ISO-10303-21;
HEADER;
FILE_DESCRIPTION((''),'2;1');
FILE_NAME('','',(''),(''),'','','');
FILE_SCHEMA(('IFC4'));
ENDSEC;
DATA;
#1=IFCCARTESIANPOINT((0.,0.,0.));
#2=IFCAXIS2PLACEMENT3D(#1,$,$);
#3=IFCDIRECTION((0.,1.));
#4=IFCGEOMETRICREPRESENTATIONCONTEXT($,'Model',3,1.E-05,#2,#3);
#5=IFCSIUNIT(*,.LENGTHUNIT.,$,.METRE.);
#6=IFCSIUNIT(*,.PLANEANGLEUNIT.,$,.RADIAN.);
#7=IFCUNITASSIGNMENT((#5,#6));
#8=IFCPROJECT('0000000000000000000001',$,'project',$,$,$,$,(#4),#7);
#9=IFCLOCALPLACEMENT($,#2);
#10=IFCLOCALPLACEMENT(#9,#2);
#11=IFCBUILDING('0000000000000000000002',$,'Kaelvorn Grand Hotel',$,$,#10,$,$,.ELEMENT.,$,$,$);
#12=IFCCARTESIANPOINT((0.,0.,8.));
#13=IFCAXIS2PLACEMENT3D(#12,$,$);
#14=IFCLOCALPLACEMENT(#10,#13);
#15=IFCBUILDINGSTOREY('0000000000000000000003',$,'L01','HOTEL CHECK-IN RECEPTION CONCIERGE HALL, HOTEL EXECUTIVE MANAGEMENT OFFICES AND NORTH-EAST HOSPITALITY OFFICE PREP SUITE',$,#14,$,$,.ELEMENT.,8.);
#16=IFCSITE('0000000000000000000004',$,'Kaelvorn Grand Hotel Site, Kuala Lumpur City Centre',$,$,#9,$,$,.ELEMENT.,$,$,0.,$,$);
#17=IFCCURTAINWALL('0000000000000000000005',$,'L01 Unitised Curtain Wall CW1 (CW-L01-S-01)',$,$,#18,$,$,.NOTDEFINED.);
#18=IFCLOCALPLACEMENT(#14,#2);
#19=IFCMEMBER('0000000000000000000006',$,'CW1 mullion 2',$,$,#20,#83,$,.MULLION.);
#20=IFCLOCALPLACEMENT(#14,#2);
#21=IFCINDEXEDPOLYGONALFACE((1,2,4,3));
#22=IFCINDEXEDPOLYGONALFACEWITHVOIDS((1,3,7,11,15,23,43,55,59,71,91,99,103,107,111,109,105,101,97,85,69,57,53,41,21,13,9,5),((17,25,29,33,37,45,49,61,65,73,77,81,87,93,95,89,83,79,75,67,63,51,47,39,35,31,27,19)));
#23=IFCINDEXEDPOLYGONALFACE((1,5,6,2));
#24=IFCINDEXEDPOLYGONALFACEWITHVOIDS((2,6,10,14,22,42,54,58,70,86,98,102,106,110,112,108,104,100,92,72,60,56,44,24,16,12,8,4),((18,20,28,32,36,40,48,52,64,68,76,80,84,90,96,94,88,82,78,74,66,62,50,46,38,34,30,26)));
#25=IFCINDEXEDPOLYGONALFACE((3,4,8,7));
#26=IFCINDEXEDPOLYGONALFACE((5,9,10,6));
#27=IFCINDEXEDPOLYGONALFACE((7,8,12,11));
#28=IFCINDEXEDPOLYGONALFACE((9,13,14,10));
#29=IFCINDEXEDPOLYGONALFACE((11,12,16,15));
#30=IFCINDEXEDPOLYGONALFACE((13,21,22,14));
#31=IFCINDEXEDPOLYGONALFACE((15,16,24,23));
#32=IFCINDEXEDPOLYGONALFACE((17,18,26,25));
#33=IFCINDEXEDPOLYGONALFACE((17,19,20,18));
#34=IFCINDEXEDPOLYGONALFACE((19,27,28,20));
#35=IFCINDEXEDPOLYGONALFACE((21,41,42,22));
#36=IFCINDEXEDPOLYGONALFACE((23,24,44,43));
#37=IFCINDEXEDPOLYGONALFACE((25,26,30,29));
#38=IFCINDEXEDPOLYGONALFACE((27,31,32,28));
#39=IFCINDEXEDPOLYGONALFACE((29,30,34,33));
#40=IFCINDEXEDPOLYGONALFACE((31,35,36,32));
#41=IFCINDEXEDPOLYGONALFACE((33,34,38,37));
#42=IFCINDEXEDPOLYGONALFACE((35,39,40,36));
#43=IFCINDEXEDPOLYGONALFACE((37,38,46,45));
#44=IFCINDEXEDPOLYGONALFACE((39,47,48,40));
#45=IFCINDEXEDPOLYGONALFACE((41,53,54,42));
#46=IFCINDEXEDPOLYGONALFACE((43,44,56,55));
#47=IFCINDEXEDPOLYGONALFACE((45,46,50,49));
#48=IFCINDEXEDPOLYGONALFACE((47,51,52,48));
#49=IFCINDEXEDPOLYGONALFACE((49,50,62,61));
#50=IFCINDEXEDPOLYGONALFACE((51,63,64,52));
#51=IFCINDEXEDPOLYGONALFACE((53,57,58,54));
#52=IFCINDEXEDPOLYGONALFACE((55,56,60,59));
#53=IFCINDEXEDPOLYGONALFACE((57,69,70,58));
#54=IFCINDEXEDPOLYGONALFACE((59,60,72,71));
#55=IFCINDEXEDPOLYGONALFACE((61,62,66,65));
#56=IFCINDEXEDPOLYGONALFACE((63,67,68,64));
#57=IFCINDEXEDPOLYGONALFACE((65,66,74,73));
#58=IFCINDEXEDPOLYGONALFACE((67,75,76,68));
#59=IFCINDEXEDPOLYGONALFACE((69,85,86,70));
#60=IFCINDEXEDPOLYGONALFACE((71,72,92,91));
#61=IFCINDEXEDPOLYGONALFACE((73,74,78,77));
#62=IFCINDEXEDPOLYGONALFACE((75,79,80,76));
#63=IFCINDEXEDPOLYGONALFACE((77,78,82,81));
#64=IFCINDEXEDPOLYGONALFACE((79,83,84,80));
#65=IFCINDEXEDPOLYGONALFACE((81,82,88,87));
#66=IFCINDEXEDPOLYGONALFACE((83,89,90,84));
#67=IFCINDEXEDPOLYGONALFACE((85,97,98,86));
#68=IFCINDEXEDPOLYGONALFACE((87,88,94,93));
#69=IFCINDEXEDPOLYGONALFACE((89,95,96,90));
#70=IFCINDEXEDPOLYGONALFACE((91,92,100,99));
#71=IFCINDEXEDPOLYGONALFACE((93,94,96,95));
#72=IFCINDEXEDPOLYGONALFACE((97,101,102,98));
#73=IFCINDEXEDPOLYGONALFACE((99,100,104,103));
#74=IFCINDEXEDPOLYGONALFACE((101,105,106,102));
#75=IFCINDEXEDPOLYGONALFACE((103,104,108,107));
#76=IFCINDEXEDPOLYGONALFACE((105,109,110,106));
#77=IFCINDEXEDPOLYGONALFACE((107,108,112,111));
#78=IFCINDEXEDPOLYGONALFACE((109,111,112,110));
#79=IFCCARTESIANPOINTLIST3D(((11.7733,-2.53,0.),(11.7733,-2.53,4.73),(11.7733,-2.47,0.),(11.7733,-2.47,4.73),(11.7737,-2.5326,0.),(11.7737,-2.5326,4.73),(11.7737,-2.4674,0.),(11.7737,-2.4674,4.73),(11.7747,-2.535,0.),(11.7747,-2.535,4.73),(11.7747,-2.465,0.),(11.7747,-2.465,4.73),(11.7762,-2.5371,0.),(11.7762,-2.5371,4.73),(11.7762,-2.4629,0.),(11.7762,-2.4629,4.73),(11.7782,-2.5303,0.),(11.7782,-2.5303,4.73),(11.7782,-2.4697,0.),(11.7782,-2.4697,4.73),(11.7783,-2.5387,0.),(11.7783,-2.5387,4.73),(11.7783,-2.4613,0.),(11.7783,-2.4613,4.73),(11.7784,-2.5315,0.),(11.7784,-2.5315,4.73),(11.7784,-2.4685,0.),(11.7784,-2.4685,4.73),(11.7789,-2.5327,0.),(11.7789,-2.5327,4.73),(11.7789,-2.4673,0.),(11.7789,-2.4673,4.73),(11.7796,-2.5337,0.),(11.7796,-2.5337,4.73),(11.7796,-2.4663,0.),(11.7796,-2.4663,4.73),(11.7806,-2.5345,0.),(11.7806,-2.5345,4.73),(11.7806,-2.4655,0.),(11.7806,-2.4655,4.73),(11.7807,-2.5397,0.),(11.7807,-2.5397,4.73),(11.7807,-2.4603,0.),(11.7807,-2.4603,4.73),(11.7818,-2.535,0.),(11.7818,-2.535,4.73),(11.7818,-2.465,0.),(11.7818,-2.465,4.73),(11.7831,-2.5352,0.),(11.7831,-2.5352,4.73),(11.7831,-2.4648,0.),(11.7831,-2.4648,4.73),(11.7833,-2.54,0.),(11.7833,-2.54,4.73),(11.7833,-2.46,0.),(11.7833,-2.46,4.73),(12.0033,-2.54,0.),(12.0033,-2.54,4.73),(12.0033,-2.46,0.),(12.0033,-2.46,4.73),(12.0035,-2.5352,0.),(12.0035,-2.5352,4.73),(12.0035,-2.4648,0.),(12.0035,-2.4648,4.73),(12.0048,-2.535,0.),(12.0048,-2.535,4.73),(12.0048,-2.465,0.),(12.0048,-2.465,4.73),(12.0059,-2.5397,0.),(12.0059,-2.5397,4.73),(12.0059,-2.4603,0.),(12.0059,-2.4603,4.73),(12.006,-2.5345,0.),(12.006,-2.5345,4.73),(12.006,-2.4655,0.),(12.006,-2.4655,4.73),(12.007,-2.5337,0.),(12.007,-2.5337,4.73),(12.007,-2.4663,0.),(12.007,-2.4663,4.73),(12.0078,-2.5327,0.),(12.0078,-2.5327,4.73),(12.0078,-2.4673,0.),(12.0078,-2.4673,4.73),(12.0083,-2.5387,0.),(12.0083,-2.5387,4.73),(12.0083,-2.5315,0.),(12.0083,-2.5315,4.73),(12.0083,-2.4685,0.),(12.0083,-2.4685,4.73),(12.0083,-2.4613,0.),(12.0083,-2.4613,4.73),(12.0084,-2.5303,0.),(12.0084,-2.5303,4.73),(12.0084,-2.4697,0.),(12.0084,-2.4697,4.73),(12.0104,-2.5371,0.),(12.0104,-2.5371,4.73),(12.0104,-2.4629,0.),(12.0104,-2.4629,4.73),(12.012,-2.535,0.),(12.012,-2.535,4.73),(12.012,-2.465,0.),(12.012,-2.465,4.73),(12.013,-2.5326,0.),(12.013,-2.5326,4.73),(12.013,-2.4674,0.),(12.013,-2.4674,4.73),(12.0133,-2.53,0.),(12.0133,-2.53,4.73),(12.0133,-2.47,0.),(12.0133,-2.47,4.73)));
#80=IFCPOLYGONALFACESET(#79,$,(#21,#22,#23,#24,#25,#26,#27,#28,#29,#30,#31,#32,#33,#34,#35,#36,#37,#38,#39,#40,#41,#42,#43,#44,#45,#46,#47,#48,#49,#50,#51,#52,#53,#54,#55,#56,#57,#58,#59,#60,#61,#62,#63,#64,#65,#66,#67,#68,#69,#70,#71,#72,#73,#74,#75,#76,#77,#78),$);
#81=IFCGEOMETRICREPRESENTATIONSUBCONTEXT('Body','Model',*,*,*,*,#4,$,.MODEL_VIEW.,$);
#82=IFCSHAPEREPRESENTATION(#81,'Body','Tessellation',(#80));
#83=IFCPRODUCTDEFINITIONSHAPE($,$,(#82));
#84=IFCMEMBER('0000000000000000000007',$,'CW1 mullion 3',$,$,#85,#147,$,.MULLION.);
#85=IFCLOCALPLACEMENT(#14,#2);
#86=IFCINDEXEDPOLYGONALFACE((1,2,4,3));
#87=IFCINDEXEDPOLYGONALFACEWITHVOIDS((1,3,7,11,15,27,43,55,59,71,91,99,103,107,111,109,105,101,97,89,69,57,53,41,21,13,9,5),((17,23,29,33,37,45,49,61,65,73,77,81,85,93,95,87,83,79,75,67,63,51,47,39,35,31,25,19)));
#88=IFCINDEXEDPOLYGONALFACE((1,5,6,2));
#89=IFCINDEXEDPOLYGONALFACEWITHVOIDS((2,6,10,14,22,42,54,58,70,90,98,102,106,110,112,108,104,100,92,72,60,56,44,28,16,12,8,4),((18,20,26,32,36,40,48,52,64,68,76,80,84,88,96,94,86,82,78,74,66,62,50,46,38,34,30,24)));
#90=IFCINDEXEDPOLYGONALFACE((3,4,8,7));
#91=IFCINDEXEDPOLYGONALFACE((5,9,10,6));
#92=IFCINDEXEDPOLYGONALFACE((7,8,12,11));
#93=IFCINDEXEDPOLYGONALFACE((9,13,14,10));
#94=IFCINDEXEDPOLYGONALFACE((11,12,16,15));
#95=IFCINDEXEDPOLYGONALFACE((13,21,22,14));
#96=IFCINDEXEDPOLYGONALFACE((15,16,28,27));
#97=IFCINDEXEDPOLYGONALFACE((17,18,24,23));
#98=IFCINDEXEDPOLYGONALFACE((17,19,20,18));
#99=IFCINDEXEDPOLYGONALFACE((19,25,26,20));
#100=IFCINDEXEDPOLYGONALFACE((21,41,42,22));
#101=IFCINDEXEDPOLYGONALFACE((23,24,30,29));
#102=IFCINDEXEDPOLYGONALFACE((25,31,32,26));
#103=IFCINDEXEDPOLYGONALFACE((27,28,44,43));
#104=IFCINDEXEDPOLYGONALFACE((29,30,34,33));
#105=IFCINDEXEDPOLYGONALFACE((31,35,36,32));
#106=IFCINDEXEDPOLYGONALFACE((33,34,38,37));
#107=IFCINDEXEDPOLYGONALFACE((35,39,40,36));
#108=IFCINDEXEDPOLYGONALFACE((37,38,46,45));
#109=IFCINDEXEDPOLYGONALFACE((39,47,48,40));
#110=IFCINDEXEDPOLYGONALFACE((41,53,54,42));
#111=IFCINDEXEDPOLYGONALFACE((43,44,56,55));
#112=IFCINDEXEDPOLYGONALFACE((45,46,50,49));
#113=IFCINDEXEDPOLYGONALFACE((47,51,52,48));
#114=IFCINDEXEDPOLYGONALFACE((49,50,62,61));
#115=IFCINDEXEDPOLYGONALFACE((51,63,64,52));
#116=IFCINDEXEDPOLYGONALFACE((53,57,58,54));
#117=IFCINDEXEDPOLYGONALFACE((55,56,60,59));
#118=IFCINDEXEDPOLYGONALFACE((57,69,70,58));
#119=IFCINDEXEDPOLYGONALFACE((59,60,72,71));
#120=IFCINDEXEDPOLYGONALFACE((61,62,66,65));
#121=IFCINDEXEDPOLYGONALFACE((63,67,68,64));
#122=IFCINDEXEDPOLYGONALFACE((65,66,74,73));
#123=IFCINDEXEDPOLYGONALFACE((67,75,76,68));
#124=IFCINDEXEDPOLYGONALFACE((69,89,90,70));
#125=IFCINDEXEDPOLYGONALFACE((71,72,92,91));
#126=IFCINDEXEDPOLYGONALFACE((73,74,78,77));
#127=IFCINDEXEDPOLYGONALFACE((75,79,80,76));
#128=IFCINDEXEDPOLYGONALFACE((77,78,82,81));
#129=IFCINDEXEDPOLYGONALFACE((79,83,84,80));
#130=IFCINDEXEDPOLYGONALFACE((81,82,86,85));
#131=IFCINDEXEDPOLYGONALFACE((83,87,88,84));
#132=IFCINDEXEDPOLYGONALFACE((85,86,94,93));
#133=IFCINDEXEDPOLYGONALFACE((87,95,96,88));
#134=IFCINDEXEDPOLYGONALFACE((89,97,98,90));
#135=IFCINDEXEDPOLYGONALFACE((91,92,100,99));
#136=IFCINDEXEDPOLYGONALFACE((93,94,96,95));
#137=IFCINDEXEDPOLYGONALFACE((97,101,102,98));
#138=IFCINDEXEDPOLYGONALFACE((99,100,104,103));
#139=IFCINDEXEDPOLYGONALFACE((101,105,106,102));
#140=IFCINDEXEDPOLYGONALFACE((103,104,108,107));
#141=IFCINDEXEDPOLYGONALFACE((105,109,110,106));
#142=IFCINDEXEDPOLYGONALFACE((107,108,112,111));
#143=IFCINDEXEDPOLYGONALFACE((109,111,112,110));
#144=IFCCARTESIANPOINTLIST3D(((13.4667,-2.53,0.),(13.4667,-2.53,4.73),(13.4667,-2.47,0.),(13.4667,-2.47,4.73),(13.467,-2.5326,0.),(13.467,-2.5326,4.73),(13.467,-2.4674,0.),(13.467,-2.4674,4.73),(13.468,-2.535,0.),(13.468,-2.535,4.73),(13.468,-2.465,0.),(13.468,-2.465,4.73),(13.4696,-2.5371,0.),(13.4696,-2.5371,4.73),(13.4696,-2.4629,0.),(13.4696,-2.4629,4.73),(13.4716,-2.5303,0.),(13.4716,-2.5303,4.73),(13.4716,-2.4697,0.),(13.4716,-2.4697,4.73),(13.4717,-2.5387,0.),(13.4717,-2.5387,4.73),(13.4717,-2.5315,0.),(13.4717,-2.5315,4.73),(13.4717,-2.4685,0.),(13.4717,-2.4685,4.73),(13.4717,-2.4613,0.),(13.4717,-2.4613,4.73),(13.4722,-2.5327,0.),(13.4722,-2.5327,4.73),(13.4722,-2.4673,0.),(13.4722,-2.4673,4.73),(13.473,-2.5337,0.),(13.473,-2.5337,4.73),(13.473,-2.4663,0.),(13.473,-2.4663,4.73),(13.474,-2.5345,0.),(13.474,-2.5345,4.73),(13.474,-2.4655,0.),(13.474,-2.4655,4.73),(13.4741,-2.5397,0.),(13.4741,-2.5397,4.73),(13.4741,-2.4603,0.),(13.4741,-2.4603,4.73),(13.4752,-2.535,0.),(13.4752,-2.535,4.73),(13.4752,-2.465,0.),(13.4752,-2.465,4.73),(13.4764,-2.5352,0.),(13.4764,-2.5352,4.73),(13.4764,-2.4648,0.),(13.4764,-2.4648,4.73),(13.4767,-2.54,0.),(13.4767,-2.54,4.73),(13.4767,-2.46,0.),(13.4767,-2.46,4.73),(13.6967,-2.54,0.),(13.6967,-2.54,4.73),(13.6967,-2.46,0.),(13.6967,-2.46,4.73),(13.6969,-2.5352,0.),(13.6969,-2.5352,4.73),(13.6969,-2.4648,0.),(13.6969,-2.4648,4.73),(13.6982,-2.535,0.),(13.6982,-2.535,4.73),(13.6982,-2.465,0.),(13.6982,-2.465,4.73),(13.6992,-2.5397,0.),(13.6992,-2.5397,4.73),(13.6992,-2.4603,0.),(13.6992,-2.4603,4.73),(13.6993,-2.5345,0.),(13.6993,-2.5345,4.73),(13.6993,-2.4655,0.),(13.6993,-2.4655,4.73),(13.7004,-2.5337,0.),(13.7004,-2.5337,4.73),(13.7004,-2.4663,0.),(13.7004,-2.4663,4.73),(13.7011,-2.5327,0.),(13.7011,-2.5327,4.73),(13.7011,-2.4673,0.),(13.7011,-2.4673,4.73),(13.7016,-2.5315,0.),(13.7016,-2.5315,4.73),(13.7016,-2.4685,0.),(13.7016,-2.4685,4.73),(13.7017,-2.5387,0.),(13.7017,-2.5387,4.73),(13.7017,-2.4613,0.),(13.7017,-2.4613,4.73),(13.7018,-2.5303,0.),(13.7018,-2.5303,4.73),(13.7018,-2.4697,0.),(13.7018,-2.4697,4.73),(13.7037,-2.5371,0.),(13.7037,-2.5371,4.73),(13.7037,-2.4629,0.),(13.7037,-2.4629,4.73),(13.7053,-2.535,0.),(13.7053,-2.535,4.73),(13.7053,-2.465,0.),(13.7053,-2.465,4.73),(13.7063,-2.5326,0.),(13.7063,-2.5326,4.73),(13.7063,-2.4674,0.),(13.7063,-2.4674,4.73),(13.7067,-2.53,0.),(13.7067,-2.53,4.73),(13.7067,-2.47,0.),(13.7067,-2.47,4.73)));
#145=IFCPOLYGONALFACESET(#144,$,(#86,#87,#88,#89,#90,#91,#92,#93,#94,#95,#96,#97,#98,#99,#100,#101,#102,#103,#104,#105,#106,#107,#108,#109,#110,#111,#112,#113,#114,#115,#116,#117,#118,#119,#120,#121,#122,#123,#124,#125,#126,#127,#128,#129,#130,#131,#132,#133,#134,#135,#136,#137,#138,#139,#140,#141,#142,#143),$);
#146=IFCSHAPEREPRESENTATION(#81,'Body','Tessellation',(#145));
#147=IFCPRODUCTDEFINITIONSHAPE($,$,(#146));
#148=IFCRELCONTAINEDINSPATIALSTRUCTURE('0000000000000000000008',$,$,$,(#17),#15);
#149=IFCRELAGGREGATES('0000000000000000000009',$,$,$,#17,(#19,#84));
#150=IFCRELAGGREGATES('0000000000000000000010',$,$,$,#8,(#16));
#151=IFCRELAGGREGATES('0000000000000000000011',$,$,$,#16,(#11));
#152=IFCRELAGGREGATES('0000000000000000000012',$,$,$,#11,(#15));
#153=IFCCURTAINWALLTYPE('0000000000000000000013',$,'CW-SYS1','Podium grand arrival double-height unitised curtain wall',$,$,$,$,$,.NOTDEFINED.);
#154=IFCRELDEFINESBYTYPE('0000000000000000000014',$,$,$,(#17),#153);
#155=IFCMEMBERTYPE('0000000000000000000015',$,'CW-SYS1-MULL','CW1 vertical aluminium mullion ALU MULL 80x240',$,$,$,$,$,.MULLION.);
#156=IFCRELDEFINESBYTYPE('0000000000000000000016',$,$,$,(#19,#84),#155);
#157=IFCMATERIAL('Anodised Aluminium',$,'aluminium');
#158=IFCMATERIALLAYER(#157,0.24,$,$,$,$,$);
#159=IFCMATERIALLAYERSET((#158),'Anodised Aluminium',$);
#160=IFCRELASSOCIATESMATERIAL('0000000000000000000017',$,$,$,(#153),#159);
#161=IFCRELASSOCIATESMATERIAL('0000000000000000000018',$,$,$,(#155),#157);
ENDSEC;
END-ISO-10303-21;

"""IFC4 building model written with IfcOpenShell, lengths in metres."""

from ifc_helpers import new_model, si_unit, direction, frame, origin, origin_2d, place, context, subcontext, project, spatial, hollow_rectangle, extrude, material, layer, layer_set, material_profile, profile_set, type_object, element, aggregate, save


model = new_model("IFC4")

# Units and contexts
model_context = context("Model", 3, precision=1e-05, world=origin(), true_north=direction((0.0, 1.0)))
body_context = subcontext(model_context, "Body", "Model", "MODEL_VIEW")
ifc_project = project(units=[si_unit("LENGTHUNIT", "METRE"), si_unit("PLANEANGLEUNIT", "RADIAN")], contexts=[model_context])

# Site, building, storey
site_placement = place(None, origin())
site = spatial("IfcSite", under=ifc_project, at=site_placement, Name="Kaelvorn Grand Hotel Site, Kuala Lumpur City Centre", CompositionType="ELEMENT", RefElevation=0.0)
building_placement = place(site_placement, origin())
building = spatial("IfcBuilding", under=site, at=building_placement, Name="Kaelvorn Grand Hotel", CompositionType="ELEMENT")
storey_placement = place(building_placement, frame((0.0, 0.0, 8.0)))
storey = spatial("IfcBuildingStorey", under=building, at=storey_placement, Name="L01", Description="HOTEL CHECK-IN RECEPTION CONCIERGE HALL, HOTEL EXECUTIVE MANAGEMENT OFFICES AND NORTH-EAST HOSPITALITY OFFICE PREP SUITE", CompositionType="ELEMENT", Elevation=8.0)

# Curtain wall, members
ifc_material_1 = material(Name="Anodised Aluminium", Category="aluminium")
ifc_layer_1 = layer(ifc_material_1, 0.24)
ifc_layer_set_1 = layer_set([ifc_layer_1], Name="Anodised Aluminium")
curtain_wall_type = type_object("IfcCurtainWallType", Name="CW-SYS1", Description="Podium grand arrival double-height unitised curtain wall", PredefinedType="NOTDEFINED", material=ifc_layer_set_1)
curtain_wall_1_placement = place(storey_placement, origin())
curtain_wall_1 = element("IfcCurtainWall", 1, at=curtain_wall_1_placement, inside=storey, type_object=curtain_wall_type, Name="L01 Unitised Curtain Wall CW1 (CW-L01-S-01)", PredefinedType="NOTDEFINED")
ifc_material_profile_1 = material_profile(ifc_material_1, hollow_rectangle(XDim=0.0801, YDim=0.24, WallThickness=0.0049, InnerFilletRadius=0.0049, OuterFilletRadius=0.01, at=origin_2d()), Name="ALU MULL 80x240")
ifc_profile_set_1 = profile_set([ifc_material_profile_1], Name="Anodised Aluminium")
member_type_1 = type_object("IfcMemberType", Name="CW-SYS1-MULL", Description="CW1 vertical aluminium mullion ALU MULL 80x240", PredefinedType="MULLION", material=ifc_profile_set_1)
member_1_placement = place(storey_placement, frame((11.8933, -2.5, 0.0), z_axis=(0.0, 0.0, 1.0), x_axis=(0.0, 1.0, 0.0)))
member_1 = element("IfcMember", 2, at=member_1_placement, type_object=member_type_1, Name="CW1 mullion 2", PredefinedType="MULLION", context=body_context, shape_type="SweptSolid", body=[
    extrude(hollow_rectangle(XDim=0.0801, YDim=0.24, WallThickness=0.0049, InnerFilletRadius=0.0049, OuterFilletRadius=0.01, at=origin_2d()), origin(), (0.0, 0.0, 1.0), 4.73),
])
member_2_placement = place(storey_placement, frame((13.5867, -2.5, 0.0), z_axis=(0.0, 0.0, 1.0), x_axis=(0.0, 1.0, 0.0)))
member_2 = element("IfcMember", 3, at=member_2_placement, type_object=member_type_1, Name="CW1 mullion 3", PredefinedType="MULLION", context=body_context, shape_type="SweptSolid", body=[
    extrude(hollow_rectangle(XDim=0.0801, YDim=0.24, WallThickness=0.0049, InnerFilletRadius=0.0049, OuterFilletRadius=0.01, at=origin_2d()), origin(), (0.0, 0.0, 1.0), 4.73),
])

aggregate(curtain_wall_1, [member_1, member_2])

save(model, "model.ifc")
